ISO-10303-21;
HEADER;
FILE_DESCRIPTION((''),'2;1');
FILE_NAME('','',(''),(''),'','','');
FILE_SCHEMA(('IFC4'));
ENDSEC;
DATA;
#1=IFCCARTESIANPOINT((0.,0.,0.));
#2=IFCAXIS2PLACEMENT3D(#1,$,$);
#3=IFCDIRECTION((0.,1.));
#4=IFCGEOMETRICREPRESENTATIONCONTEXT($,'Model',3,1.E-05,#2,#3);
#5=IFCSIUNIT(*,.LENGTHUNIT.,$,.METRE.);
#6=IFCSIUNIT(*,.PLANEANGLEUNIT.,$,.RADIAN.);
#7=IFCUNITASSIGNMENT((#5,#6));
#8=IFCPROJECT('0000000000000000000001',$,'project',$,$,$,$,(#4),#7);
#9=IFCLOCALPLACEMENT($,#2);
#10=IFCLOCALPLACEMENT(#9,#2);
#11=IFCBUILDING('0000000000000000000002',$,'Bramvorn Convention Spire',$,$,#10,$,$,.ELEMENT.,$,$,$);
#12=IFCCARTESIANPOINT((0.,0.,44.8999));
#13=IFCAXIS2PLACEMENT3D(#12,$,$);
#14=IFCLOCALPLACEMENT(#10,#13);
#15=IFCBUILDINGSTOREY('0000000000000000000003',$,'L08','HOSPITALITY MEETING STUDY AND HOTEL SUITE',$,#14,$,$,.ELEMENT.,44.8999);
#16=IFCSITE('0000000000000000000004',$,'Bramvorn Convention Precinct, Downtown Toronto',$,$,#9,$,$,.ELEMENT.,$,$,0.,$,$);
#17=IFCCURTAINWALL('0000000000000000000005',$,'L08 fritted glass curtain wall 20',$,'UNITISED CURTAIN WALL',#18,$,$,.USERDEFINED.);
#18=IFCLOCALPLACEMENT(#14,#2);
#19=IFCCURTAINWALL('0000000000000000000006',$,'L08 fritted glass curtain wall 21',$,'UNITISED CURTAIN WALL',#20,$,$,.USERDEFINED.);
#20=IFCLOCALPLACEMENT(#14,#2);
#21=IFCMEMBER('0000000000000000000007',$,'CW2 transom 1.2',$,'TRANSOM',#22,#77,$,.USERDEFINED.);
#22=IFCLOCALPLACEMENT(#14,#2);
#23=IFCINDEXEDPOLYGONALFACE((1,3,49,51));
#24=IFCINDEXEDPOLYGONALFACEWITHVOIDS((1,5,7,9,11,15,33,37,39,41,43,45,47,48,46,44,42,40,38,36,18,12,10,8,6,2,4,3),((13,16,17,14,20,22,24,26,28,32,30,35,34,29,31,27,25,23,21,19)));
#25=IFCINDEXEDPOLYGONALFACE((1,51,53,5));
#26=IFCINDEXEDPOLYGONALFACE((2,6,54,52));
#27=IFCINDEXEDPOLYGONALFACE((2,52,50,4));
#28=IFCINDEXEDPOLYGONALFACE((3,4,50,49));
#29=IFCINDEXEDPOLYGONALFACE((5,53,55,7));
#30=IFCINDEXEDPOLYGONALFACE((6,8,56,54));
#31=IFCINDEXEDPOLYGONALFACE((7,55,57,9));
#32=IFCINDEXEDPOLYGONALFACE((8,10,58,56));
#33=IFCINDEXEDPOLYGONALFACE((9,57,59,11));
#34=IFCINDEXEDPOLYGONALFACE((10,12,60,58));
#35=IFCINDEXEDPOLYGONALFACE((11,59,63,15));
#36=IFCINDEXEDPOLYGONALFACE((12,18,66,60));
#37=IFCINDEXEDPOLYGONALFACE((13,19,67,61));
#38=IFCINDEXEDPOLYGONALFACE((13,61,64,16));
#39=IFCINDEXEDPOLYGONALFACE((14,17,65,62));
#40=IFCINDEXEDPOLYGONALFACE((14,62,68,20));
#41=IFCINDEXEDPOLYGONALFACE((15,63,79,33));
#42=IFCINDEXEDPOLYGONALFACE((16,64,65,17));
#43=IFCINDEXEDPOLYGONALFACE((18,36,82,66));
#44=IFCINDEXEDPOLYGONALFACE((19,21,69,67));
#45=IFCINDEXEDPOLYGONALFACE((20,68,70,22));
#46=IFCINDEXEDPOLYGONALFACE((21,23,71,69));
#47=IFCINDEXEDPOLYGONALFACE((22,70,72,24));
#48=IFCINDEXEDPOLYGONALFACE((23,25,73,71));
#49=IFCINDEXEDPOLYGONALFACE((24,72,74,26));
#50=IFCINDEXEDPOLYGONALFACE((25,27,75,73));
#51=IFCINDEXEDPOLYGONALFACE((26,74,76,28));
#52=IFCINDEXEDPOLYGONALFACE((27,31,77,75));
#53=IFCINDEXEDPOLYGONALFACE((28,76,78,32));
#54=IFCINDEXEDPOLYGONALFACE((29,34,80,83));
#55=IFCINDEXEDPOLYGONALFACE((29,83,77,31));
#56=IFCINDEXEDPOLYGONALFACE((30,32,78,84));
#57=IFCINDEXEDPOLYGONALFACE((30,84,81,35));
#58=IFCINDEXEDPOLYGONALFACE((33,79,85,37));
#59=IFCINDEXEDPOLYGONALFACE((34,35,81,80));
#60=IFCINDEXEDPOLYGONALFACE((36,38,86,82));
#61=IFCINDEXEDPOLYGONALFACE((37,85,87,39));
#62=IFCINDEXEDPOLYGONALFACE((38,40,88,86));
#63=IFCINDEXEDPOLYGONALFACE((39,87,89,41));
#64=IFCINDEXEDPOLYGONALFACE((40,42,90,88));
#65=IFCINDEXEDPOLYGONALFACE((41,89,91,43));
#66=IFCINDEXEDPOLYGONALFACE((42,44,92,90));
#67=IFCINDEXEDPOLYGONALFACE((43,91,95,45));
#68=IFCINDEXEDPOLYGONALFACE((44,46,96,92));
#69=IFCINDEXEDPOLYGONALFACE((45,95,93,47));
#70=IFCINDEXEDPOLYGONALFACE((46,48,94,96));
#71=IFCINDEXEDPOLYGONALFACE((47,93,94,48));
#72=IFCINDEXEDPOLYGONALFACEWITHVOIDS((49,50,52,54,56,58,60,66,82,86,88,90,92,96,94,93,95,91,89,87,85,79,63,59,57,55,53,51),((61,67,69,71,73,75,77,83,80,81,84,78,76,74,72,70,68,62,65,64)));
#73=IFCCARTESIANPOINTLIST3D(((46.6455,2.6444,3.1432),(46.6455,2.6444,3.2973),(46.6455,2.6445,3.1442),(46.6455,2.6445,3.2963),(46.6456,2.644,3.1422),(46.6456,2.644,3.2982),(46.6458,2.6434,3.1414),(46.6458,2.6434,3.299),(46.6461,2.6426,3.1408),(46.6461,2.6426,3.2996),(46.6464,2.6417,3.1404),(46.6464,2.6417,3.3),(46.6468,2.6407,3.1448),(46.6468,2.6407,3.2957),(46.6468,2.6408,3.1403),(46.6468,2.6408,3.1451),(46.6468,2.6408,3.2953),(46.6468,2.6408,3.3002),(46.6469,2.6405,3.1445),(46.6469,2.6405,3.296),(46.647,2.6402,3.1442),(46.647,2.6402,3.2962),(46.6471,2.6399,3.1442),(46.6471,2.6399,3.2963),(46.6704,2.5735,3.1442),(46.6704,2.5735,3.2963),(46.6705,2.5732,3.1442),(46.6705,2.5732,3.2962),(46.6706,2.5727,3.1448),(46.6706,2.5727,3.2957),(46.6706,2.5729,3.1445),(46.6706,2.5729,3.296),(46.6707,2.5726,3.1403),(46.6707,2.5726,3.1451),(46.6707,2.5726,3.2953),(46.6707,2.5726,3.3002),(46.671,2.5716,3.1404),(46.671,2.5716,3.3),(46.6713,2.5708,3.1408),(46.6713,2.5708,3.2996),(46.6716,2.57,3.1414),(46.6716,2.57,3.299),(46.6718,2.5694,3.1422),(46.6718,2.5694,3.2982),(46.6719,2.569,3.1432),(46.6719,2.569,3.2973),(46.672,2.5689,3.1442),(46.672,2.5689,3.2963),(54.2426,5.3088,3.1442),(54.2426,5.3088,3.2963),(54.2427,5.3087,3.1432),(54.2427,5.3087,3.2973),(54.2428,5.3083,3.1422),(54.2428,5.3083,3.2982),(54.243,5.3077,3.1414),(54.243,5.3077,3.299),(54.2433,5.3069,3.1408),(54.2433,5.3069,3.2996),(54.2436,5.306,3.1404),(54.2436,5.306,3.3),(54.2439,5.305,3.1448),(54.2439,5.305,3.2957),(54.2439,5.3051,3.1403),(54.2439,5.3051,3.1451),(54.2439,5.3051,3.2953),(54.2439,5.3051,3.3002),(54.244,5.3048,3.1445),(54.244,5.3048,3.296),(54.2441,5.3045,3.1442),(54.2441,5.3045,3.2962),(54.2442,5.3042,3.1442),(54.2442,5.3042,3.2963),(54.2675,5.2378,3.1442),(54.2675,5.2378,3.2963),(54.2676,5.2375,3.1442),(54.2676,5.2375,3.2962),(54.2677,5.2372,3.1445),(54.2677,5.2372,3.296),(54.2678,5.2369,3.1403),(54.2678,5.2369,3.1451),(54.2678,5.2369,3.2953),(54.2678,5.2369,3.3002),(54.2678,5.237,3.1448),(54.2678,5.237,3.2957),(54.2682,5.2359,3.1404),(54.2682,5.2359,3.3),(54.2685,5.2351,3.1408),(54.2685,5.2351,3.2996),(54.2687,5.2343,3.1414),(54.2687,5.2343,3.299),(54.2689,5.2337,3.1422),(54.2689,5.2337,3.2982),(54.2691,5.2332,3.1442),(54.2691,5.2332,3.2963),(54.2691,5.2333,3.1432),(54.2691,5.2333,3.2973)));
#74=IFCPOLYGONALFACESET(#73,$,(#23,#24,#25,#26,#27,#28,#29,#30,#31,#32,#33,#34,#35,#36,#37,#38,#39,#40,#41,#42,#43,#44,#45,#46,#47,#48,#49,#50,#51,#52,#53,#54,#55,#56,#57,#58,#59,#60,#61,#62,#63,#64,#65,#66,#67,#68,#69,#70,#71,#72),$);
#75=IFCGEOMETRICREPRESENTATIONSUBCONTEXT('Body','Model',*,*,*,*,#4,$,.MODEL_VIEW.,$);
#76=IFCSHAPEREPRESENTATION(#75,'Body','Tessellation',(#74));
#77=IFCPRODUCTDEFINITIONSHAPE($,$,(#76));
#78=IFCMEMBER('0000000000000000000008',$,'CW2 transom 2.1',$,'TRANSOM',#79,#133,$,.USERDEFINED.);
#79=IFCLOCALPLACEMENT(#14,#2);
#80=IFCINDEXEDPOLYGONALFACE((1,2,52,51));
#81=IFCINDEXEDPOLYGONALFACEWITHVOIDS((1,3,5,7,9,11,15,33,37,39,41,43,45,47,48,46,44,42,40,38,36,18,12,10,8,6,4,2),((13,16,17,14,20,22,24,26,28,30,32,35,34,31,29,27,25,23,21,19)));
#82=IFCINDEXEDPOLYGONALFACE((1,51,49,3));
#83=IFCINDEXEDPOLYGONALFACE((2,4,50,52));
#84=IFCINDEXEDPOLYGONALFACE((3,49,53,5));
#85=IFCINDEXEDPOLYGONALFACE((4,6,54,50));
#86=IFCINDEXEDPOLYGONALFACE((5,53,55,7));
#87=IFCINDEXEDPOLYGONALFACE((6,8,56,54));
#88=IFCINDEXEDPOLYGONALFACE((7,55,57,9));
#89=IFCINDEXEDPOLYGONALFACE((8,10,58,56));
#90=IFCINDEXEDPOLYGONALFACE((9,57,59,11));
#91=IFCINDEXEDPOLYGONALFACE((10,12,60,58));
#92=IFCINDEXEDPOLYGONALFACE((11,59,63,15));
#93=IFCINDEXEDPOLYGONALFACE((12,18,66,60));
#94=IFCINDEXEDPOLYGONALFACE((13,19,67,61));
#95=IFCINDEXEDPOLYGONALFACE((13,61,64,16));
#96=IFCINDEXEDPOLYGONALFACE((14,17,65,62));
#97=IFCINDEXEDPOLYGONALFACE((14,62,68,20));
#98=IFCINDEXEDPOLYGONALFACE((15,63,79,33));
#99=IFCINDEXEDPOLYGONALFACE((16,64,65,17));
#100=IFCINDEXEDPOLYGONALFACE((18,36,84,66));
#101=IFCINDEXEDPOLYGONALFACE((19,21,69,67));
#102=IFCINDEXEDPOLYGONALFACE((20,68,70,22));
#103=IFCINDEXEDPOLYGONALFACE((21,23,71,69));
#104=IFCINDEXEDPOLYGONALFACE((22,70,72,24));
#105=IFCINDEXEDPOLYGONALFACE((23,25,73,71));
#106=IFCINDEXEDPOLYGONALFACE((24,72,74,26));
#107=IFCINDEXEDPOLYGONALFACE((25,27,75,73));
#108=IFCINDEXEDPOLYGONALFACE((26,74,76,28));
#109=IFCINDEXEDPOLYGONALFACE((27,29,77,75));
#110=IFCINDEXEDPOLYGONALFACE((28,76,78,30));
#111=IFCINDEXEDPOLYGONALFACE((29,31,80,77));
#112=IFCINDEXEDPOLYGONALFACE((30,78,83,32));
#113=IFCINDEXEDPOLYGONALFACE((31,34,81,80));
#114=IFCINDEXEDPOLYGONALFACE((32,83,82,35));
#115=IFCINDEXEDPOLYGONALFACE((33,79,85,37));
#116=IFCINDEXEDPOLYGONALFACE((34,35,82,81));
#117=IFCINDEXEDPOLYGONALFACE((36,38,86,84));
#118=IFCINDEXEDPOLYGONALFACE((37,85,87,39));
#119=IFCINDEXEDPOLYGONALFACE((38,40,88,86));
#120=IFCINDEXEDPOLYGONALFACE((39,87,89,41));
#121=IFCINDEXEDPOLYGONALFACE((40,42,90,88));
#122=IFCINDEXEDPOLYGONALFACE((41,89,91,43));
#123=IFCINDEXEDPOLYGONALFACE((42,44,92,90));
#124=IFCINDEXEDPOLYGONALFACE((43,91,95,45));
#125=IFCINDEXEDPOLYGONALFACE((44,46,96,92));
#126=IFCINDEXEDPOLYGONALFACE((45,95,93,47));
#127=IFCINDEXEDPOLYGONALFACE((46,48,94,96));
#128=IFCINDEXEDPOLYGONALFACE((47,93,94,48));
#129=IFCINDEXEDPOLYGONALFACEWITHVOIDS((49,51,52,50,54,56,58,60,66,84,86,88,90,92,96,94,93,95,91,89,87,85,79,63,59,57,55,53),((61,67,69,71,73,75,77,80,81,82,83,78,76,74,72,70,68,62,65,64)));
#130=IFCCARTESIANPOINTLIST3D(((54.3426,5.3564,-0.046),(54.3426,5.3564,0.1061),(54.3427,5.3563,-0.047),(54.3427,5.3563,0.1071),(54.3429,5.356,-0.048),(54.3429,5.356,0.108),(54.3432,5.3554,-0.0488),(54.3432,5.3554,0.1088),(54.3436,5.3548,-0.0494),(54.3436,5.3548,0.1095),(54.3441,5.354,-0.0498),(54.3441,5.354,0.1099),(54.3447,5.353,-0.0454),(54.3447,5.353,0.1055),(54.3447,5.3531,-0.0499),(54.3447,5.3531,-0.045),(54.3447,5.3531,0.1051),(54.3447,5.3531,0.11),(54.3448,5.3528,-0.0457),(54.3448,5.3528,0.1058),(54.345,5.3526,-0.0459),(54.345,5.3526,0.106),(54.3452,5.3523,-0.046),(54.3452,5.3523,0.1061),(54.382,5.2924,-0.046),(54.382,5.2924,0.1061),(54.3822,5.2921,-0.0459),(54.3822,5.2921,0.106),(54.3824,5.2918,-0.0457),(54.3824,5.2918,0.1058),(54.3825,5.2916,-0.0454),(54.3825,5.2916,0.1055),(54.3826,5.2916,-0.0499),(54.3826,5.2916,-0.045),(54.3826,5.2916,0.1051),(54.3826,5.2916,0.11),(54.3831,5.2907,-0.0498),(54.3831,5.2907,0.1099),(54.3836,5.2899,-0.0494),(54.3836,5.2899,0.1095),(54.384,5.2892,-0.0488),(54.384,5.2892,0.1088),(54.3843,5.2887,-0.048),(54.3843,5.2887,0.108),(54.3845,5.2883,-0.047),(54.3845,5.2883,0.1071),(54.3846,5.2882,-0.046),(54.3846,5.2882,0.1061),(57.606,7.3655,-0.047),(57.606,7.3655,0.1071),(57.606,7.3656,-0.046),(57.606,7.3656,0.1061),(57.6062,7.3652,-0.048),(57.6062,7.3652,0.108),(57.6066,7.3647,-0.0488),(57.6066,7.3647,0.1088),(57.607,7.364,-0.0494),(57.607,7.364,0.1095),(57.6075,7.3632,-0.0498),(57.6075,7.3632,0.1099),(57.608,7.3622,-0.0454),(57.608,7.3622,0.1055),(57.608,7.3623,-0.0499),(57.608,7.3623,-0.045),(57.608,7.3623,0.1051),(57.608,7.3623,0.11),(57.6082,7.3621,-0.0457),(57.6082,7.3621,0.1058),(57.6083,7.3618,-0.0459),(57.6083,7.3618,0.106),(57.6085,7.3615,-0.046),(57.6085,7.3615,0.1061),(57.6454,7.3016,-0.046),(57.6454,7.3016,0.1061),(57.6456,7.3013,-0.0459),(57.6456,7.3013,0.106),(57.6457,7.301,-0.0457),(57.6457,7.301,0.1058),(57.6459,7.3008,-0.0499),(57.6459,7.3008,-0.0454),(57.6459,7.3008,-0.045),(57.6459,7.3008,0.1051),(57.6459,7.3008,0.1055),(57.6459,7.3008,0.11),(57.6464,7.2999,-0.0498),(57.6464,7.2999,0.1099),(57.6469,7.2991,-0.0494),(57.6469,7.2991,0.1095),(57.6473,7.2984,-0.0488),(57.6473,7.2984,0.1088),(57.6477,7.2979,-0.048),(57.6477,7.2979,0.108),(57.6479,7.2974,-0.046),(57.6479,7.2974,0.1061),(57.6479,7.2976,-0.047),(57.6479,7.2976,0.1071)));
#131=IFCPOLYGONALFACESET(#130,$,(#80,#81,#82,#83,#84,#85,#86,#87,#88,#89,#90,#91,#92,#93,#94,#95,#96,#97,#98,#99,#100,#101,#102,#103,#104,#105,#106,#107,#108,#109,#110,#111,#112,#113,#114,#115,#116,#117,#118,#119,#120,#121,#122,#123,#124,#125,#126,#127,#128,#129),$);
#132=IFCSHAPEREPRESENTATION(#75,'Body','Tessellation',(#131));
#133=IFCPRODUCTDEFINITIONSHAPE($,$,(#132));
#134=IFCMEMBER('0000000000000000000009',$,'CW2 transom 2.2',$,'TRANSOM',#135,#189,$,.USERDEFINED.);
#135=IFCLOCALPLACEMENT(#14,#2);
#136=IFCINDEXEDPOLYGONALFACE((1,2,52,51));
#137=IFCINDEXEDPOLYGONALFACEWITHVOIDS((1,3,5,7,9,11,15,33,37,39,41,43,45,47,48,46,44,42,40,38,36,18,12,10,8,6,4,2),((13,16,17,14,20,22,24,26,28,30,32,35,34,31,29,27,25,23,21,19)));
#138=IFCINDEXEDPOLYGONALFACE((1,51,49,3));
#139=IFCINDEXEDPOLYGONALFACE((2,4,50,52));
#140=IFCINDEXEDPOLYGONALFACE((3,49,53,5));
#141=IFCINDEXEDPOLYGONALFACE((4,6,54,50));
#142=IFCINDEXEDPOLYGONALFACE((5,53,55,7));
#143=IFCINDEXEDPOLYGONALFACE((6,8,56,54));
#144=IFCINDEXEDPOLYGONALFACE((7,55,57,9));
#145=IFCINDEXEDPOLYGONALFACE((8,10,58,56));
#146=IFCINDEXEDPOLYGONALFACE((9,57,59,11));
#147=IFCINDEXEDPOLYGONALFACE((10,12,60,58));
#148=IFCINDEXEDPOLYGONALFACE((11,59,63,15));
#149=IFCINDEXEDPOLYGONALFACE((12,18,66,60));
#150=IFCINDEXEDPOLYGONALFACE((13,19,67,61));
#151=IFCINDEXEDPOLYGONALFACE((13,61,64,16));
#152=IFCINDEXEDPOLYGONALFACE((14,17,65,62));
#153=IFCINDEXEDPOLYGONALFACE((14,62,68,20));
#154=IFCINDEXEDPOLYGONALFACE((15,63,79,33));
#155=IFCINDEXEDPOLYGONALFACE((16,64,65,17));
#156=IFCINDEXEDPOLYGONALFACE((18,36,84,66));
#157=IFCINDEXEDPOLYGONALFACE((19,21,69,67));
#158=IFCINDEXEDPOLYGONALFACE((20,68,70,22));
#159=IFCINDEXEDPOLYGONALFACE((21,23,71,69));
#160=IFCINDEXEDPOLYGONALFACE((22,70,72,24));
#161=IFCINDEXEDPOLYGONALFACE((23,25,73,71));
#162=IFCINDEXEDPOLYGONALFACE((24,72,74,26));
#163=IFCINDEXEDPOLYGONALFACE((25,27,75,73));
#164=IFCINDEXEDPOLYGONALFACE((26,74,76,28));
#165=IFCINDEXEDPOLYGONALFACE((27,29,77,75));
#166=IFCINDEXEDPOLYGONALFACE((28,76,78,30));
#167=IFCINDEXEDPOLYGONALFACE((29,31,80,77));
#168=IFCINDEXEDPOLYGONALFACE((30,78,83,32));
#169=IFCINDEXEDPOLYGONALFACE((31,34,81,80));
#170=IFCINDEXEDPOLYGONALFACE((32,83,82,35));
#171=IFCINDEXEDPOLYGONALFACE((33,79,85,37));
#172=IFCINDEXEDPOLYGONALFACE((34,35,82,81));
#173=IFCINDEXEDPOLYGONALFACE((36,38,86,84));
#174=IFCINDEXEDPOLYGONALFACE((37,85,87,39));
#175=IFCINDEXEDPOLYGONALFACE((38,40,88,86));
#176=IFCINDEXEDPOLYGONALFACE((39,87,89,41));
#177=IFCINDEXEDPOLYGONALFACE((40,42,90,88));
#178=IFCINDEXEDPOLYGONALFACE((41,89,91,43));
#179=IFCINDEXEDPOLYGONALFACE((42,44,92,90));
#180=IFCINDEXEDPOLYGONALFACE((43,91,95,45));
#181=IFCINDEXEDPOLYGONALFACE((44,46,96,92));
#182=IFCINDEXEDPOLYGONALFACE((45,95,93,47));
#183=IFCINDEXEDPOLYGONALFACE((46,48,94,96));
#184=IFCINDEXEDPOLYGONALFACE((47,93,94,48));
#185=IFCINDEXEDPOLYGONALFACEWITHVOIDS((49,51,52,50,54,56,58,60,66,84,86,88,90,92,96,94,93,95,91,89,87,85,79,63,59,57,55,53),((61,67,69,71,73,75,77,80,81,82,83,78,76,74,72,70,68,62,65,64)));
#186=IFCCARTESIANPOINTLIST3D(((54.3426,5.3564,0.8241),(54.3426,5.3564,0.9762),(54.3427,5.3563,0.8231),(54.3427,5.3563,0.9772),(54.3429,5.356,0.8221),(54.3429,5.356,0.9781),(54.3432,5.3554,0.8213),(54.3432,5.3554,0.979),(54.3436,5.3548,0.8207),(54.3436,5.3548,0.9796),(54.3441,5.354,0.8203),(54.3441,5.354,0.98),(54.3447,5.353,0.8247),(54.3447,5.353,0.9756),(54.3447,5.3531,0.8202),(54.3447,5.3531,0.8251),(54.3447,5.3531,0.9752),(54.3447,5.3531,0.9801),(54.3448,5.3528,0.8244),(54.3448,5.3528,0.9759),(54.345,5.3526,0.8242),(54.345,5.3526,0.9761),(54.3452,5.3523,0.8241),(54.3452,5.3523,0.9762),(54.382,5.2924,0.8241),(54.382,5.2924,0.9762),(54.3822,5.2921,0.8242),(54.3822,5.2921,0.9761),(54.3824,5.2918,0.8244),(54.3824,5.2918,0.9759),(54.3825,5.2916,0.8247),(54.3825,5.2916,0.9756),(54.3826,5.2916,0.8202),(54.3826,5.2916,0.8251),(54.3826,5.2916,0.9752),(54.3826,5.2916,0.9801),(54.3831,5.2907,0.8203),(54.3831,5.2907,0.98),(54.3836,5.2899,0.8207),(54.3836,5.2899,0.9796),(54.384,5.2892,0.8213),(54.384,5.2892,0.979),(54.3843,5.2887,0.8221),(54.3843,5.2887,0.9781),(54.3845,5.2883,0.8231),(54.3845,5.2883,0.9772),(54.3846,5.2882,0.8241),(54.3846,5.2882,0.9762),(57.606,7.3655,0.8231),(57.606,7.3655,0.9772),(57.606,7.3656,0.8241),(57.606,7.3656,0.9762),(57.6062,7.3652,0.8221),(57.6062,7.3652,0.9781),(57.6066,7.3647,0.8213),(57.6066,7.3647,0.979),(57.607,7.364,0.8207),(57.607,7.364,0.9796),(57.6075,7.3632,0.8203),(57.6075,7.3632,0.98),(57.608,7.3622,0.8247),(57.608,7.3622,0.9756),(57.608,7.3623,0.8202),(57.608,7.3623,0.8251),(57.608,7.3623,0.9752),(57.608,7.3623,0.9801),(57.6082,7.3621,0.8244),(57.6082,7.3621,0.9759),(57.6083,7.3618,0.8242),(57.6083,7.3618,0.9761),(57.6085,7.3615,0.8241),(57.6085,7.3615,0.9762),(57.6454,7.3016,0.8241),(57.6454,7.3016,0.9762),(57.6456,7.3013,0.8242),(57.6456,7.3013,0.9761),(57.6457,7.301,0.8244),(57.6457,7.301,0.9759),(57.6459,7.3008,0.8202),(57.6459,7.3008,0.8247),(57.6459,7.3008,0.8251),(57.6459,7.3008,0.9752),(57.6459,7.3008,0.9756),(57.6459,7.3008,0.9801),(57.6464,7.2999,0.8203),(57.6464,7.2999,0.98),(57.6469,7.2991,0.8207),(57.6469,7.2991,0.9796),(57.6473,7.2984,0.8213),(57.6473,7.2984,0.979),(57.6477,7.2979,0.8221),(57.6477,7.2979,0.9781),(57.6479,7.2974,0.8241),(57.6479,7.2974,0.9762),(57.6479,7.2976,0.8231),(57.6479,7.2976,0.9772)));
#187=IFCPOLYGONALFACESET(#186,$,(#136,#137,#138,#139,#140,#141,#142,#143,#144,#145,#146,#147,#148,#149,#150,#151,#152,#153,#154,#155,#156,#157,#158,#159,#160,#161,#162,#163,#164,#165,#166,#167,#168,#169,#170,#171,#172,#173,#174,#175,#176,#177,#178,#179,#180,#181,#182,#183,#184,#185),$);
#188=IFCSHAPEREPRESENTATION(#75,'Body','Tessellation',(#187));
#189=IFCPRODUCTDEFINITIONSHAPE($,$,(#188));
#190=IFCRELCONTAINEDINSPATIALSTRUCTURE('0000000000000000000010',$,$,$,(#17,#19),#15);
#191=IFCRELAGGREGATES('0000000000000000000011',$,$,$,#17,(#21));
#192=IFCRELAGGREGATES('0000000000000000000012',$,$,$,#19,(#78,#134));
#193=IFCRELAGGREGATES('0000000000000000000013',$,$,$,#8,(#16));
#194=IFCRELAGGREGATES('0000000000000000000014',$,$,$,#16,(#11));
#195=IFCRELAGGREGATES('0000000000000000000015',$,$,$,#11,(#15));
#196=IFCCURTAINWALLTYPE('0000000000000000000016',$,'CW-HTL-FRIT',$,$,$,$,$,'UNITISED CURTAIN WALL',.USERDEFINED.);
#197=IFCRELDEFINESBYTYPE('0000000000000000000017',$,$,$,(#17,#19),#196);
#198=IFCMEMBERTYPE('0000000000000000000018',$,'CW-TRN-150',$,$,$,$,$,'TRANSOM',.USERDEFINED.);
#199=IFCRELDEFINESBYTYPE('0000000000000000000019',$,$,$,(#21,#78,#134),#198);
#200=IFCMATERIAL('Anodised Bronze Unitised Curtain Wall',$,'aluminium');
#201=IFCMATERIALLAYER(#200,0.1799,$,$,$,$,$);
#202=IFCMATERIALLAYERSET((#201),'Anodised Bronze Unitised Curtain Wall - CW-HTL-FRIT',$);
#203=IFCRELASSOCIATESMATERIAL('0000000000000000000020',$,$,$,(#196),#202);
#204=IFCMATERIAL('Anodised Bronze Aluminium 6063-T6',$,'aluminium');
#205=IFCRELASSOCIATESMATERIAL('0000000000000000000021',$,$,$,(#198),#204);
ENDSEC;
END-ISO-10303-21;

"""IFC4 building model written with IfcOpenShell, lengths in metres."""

from ifc_helpers import new_model, si_unit, direction, frame, origin, origin_2d, place, context, subcontext, project, spatial, hollow_rectangle, extrude, material, layer, layer_set, material_profile, profile_set, type_object, element, aggregate, save


model = new_model("IFC4")

# Units and contexts
model_context = context("Model", 3, precision=1e-05, world=origin(), true_north=direction((0.0, 1.0)))
body_context = subcontext(model_context, "Body", "Model", "MODEL_VIEW")
ifc_project = project(units=[si_unit("LENGTHUNIT", "METRE"), si_unit("PLANEANGLEUNIT", "RADIAN")], contexts=[model_context])

# Site, building, storey
site_placement = place(None, origin())
site = spatial("IfcSite", under=ifc_project, at=site_placement, Name="Bramvorn Convention Precinct, Downtown Toronto", CompositionType="ELEMENT", RefElevation=0.0)
building_placement = place(site_placement, origin())
building = spatial("IfcBuilding", under=site, at=building_placement, Name="Bramvorn Convention Spire", CompositionType="ELEMENT")
storey_placement = place(building_placement, frame((0.0, 0.0, 44.8999)))
storey = spatial("IfcBuildingStorey", under=building, at=storey_placement, Name="L08", Description="HOSPITALITY MEETING STUDY AND HOTEL SUITE", CompositionType="ELEMENT", Elevation=44.8999)

# Curtain walls
ifc_material_1 = material(Name="Anodised Bronze Unitised Curtain Wall", Category="aluminium")
ifc_layer_1 = layer(ifc_material_1, 0.1799)
ifc_layer_set_1 = layer_set([ifc_layer_1], Name="Anodised Bronze Unitised Curtain Wall - CW-HTL-FRIT")
curtain_wall_type = type_object("IfcCurtainWallType", Name="CW-HTL-FRIT", ElementType="UNITISED CURTAIN WALL", PredefinedType="USERDEFINED", material=ifc_layer_set_1)
curtain_wall_1_placement = place(storey_placement, origin())
curtain_wall_1 = element("IfcCurtainWall", 1, at=curtain_wall_1_placement, inside=storey, type_object=curtain_wall_type, Name="L08 fritted glass curtain wall 20", ObjectType="UNITISED CURTAIN WALL", PredefinedType="USERDEFINED")
ifc_material_2 = material(Name="Anodised Bronze Aluminium 6063-T6", Category="aluminium")
curtain_wall_2_placement = place(storey_placement, origin())
curtain_wall_2 = element("IfcCurtainWall", 2, at=curtain_wall_2_placement, inside=storey, type_object=curtain_wall_type, Name="L08 fritted glass curtain wall 21", ObjectType="UNITISED CURTAIN WALL", PredefinedType="USERDEFINED")

# Members
ifc_material_profile_1 = material_profile(ifc_material_2, hollow_rectangle(XDim=0.0801, YDim=0.1599, WallThickness=0.0039, InnerFilletRadius=0.001, OuterFilletRadius=0.0039, at=origin_2d()))
ifc_profile_set_1 = profile_set([ifc_material_profile_1], Name="Anodised Bronze Aluminium 6063-T6 - CWT80X160")
member_type_1 = type_object("IfcMemberType", Name="CW-TRN-150", ElementType="TRANSOM", PredefinedType="USERDEFINED", material=ifc_profile_set_1)
member_1_placement = place(storey_placement, frame((54.2559, 5.271, 3.2202), z_axis=(-0.943653, -0.330937, 0.0), x_axis=(0.330937, -0.943653, 0.0)))
member_1 = element("IfcMember", 3, at=member_1_placement, type_object=member_type_1, Name="CW2 transom 1.2", ObjectType="TRANSOM", PredefinedType="USERDEFINED", context=body_context, shape_type="SweptSolid", body=[
    extrude(hollow_rectangle(XDim=0.0801, YDim=0.1599, WallThickness=0.0039, InnerFilletRadius=0.001, OuterFilletRadius=0.0039, at=origin_2d()), origin(), (0.0, 0.0, 1.0), 8.0508),
])
member_2_placement = place(storey_placement, frame((57.627, 7.3315, 0.03), z_axis=(-0.85154, -0.524289, 0.0), x_axis=(0.524289, -0.85154, 0.0)))
member_2 = element("IfcMember", 4, at=member_2_placement, type_object=member_type_1, Name="CW2 transom 2.1", ObjectType="TRANSOM", PredefinedType="USERDEFINED", context=body_context, shape_type="SweptSolid", body=[
    extrude(hollow_rectangle(XDim=0.0801, YDim=0.1599, WallThickness=0.0039, InnerFilletRadius=0.001, OuterFilletRadius=0.0039, at=origin_2d()), origin(), (0.0, 0.0, 1.0), 3.8323),
])
member_3_placement = place(storey_placement, frame((57.627, 7.3315, 0.9001), z_axis=(-0.85154, -0.524289, 0.0), x_axis=(0.524289, -0.85154, 0.0)))
member_3 = element("IfcMember", 5, at=member_3_placement, type_object=member_type_1, Name="CW2 transom 2.2", ObjectType="TRANSOM", PredefinedType="USERDEFINED", context=body_context, shape_type="SweptSolid", body=[
    extrude(hollow_rectangle(XDim=0.0801, YDim=0.1599, WallThickness=0.0039, InnerFilletRadius=0.001, OuterFilletRadius=0.0039, at=origin_2d()), origin(), (0.0, 0.0, 1.0), 3.8323),
])

aggregate(curtain_wall_1, [member_1])
aggregate(curtain_wall_2, [member_2, member_3])

save(model, "model.ifc")
